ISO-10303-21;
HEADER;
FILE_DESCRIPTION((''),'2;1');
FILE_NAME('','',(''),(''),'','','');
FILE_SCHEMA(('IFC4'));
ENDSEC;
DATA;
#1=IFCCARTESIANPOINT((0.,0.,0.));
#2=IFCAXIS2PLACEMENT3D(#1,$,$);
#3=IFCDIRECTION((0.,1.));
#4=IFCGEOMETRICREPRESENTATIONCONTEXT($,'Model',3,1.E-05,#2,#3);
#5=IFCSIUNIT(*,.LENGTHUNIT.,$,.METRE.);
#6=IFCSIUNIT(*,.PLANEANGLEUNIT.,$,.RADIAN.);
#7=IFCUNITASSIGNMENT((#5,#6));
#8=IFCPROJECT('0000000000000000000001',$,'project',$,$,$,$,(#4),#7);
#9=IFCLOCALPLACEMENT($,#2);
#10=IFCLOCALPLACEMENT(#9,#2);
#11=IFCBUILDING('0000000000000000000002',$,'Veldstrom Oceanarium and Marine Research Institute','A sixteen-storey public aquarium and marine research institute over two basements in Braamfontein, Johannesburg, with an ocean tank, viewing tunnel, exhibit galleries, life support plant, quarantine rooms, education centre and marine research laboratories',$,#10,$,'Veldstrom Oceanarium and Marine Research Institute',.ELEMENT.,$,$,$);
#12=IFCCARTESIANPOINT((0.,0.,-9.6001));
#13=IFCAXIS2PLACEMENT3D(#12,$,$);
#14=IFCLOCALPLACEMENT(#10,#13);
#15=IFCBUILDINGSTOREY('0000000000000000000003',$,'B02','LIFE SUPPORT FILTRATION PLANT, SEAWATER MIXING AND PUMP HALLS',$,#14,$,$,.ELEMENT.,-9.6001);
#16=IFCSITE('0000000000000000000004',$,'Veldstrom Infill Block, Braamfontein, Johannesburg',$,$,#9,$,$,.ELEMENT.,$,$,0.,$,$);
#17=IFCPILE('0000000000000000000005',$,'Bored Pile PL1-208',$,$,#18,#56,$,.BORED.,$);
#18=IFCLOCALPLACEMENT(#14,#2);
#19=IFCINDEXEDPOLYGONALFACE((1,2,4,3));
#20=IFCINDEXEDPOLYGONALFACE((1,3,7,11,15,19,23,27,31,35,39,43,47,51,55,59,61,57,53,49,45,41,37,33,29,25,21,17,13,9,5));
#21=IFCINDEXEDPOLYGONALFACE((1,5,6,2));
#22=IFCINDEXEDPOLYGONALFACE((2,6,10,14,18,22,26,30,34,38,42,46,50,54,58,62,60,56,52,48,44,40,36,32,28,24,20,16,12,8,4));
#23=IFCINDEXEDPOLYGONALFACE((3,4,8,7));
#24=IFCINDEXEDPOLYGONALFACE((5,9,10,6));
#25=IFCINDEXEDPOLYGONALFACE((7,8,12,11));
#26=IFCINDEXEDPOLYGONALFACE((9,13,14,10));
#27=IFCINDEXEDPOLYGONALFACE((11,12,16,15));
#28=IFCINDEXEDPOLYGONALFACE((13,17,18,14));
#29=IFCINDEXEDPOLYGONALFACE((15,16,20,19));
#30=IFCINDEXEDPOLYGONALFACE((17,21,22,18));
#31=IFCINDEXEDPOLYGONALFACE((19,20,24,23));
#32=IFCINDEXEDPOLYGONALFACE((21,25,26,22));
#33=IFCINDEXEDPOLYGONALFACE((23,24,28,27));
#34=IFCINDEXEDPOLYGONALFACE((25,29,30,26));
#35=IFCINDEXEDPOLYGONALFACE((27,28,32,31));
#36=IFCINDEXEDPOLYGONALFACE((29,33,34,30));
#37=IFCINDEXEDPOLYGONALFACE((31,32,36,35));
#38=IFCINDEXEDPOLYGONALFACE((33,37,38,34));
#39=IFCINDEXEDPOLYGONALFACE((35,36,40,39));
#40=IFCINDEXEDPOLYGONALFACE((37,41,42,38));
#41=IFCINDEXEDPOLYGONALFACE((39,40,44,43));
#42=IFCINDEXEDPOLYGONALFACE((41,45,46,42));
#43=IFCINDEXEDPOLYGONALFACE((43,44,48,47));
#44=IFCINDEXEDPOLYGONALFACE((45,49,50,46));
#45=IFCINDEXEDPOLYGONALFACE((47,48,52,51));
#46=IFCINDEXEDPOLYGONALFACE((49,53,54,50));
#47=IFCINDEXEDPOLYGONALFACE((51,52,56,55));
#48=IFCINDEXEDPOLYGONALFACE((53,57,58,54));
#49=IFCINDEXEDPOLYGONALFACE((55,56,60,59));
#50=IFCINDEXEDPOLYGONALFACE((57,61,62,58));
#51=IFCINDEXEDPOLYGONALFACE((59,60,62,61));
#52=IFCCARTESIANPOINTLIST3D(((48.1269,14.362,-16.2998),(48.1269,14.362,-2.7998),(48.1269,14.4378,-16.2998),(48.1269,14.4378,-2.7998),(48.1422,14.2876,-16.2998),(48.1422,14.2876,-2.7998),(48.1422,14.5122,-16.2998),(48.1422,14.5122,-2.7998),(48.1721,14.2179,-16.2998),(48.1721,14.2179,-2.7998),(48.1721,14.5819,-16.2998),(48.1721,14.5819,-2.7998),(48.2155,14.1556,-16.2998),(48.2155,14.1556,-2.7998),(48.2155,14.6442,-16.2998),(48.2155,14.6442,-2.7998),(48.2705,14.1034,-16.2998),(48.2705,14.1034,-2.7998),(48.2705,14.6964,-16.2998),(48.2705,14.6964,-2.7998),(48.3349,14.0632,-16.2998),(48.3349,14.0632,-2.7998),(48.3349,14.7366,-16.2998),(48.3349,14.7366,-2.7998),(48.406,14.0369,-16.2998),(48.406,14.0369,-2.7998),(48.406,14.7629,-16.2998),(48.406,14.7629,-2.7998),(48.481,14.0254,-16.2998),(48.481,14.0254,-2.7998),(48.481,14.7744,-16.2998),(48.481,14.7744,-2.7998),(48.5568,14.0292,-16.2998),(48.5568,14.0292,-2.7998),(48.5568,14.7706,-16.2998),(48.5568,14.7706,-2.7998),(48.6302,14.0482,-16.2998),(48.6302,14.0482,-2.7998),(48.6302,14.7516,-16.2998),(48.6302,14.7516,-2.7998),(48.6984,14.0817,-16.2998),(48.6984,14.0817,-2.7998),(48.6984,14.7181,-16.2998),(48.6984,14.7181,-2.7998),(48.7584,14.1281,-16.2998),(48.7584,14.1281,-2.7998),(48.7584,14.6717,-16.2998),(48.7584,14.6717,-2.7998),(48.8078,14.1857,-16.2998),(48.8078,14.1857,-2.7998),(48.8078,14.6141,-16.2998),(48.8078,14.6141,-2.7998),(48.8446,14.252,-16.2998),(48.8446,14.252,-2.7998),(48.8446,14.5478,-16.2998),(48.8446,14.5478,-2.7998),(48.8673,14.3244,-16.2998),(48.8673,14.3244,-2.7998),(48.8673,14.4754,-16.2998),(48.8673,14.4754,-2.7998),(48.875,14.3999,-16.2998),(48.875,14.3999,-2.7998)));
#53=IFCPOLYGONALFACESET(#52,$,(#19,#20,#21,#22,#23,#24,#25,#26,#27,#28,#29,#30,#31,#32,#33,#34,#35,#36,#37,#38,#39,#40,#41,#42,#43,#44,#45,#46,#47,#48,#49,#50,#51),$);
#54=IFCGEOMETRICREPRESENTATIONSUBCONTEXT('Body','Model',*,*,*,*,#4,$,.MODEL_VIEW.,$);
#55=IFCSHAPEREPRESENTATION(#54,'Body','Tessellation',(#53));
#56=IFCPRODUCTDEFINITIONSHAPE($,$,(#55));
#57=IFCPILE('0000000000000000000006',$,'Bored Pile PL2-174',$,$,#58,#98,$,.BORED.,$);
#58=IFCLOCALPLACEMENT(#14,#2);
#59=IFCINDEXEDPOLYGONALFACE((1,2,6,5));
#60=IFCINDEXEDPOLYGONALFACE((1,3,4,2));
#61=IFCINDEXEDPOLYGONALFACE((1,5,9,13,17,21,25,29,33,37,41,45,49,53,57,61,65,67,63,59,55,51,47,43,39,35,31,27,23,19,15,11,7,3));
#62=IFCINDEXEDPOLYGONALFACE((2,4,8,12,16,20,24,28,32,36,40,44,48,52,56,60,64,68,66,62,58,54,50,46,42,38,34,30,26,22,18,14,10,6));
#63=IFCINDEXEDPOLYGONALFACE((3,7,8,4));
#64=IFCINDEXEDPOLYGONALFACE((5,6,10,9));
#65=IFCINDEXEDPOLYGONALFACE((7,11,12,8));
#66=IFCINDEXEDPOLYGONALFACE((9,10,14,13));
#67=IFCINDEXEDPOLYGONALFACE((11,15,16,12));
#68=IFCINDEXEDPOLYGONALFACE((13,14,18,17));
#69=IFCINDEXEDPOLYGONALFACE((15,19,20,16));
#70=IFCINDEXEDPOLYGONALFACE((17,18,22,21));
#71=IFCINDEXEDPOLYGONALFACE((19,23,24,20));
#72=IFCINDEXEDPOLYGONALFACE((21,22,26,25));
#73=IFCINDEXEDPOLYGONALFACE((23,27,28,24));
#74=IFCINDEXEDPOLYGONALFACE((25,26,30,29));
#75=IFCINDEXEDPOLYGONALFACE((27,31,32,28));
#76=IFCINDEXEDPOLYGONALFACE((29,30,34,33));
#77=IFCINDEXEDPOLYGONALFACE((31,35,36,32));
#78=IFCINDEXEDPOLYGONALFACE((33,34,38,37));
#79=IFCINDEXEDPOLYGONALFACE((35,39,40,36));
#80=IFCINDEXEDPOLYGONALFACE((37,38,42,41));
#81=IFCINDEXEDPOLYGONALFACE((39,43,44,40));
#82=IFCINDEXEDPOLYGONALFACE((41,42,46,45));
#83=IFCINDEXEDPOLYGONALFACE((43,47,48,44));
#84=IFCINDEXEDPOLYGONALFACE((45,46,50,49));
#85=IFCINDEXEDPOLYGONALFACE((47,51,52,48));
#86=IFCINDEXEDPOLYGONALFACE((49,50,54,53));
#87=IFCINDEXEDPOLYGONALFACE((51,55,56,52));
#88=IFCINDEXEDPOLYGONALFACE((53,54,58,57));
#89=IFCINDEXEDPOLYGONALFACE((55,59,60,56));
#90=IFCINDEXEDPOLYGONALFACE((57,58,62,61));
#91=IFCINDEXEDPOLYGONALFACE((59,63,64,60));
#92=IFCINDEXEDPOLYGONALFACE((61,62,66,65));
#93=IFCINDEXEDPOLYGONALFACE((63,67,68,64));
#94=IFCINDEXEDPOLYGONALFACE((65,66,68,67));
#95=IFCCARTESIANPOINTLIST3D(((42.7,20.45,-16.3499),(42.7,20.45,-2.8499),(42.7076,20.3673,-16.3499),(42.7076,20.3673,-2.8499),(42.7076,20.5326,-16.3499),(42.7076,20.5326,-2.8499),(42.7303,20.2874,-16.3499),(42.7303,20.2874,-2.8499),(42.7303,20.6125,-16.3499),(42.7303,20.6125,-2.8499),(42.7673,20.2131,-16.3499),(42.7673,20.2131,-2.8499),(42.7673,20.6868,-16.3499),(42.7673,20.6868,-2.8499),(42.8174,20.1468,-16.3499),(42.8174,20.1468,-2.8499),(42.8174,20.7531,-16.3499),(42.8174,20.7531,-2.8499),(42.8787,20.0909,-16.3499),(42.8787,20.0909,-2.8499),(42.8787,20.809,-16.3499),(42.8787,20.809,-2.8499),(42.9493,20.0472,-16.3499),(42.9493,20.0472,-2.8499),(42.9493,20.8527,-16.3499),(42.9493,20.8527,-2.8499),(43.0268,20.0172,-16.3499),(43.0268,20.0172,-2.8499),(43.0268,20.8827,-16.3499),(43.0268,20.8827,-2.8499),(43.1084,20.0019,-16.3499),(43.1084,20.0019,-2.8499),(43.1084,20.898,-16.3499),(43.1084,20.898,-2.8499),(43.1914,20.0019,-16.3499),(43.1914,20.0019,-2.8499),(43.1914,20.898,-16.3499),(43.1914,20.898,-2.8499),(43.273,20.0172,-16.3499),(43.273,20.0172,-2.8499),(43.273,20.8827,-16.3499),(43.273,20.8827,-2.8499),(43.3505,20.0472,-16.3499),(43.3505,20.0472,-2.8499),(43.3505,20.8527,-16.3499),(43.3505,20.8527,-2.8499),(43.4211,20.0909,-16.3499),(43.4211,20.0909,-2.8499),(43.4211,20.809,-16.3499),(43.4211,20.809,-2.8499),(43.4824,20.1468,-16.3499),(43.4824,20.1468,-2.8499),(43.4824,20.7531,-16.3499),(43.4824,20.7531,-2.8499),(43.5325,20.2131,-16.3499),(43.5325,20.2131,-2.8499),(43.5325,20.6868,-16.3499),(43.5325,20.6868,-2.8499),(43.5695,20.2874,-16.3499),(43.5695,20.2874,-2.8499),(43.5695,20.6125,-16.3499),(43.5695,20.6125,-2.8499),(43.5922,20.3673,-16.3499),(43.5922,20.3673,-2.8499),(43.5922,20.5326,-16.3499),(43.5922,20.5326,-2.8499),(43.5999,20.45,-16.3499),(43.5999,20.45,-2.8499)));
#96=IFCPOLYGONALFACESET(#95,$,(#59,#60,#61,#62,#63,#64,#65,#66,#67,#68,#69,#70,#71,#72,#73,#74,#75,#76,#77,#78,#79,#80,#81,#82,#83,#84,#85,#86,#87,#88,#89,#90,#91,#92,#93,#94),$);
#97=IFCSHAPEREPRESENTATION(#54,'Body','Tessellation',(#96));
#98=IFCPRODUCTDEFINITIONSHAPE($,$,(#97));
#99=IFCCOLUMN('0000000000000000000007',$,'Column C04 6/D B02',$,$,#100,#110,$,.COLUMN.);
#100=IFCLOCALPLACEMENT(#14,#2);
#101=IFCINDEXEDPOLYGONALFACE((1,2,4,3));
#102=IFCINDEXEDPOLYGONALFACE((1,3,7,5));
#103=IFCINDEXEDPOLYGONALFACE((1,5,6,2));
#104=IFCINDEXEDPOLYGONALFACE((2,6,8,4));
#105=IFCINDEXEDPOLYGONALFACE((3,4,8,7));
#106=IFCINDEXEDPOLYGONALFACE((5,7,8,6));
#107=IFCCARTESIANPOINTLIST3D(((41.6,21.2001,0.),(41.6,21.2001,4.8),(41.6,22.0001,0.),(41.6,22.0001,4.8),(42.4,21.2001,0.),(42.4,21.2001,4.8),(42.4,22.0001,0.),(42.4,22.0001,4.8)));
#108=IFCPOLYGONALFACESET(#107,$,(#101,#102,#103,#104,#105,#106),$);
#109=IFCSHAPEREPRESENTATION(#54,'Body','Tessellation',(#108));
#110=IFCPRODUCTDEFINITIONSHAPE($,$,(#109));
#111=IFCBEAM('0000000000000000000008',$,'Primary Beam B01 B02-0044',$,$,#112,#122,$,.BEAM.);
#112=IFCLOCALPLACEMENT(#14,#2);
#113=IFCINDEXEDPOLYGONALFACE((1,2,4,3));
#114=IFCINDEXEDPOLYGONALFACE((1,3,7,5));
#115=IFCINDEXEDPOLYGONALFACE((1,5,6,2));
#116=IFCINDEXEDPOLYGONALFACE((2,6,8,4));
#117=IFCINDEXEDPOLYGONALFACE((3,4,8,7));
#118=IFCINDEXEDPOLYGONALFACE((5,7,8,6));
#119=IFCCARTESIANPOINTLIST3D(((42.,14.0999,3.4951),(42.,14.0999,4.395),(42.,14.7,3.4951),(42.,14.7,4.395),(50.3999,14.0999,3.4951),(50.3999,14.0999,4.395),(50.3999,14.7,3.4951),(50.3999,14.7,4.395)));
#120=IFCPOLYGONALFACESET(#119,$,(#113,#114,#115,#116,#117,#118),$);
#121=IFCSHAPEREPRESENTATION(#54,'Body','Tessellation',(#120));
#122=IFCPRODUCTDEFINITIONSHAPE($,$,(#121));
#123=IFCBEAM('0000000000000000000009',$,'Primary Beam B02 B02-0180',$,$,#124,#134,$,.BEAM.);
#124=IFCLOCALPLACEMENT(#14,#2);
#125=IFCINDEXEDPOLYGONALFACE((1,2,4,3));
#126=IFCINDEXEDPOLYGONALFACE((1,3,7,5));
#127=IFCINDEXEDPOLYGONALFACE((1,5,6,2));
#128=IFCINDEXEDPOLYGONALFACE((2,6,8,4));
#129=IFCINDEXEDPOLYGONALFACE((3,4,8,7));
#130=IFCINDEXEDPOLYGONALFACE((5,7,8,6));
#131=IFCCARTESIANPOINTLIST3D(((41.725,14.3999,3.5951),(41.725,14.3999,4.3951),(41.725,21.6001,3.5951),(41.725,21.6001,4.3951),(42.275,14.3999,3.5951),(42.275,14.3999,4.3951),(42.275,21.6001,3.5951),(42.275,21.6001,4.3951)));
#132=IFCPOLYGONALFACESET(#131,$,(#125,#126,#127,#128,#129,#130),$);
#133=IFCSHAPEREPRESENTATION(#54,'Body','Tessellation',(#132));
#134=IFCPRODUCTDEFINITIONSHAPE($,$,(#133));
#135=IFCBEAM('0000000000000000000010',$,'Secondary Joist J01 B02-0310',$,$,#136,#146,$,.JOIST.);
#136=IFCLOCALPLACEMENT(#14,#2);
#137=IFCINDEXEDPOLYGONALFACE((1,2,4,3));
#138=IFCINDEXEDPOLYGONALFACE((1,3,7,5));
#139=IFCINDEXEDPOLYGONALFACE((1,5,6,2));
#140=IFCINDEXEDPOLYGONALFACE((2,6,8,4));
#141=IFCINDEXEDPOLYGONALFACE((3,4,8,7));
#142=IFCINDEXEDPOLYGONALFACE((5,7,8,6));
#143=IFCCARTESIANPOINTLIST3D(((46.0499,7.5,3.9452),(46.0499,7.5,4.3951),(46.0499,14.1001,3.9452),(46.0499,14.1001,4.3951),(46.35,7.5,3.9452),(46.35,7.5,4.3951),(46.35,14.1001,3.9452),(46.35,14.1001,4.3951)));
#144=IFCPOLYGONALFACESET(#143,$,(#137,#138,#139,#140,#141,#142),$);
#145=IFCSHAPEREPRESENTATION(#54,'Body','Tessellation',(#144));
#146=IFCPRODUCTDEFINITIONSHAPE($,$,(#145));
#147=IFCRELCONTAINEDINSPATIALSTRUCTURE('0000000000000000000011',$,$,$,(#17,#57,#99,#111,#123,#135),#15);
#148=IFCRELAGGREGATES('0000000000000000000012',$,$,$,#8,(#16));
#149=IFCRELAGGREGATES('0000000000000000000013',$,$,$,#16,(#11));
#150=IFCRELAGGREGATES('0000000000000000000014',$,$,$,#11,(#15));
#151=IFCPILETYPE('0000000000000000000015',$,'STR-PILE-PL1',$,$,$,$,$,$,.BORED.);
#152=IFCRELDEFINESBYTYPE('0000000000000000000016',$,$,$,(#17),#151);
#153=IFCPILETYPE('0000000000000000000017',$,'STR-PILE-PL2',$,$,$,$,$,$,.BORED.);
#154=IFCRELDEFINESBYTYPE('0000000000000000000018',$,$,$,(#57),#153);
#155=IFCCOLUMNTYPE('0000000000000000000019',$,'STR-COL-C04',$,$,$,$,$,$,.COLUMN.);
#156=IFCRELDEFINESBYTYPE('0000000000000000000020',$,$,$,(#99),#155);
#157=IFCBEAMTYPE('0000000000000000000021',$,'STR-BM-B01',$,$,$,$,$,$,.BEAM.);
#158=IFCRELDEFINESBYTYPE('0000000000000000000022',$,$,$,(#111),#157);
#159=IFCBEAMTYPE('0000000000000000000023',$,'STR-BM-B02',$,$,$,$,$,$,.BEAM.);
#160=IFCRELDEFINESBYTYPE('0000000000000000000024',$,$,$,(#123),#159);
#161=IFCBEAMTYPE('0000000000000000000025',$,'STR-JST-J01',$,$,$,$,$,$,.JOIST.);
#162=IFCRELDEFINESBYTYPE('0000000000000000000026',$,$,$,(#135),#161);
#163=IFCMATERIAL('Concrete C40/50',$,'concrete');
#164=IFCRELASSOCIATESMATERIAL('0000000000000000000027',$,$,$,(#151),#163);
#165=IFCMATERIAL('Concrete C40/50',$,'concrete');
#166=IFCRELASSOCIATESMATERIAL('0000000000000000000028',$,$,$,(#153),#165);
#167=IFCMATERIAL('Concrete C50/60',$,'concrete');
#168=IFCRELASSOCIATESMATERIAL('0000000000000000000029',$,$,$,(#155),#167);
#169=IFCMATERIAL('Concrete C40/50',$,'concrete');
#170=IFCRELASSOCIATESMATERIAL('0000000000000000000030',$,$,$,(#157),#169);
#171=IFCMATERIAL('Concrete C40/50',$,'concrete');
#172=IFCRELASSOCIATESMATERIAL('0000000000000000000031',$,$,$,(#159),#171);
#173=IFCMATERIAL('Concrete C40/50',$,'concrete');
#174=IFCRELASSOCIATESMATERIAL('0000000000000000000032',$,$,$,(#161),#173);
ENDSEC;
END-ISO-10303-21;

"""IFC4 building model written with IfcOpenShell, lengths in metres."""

from ifc_helpers import new_model, si_unit, direction, frame, origin, origin_2d, place, context, subcontext, project, spatial, rectangle, circle, extrude, material, material_profile, profile_set, type_object, element, save


model = new_model("IFC4")

# Units and contexts
model_context = context("Model", 3, precision=1e-05, world=origin(), true_north=direction((0.0, 1.0)))
body_context = subcontext(model_context, "Body", "Model", "MODEL_VIEW")
ifc_project = project(units=[si_unit("LENGTHUNIT", "METRE"), si_unit("PLANEANGLEUNIT", "RADIAN")], contexts=[model_context])

# Site, building, storey
site_placement = place(None, origin())
site = spatial("IfcSite", under=ifc_project, at=site_placement, Name="Veldstrom Infill Block, Braamfontein, Johannesburg", CompositionType="ELEMENT", RefElevation=0.0)
building_placement = place(site_placement, origin())
building = spatial("IfcBuilding", under=site, at=building_placement, Name="Veldstrom Oceanarium and Marine Research Institute", Description="A sixteen-storey public aquarium and marine research institute over two basements in Braamfontein, Johannesburg, with an ocean tank, viewing tunnel, exhibit galleries, life support plant, quarantine rooms, education centre and marine research laboratories", LongName="Veldstrom Oceanarium and Marine Research Institute", CompositionType="ELEMENT")
storey_placement = place(building_placement, frame((0.0, 0.0, -9.6001)))
storey = spatial("IfcBuildingStorey", under=building, at=storey_placement, Name="B02", Description="LIFE SUPPORT FILTRATION PLANT, SEAWATER MIXING AND PUMP HALLS", CompositionType="ELEMENT", Elevation=-9.6001)

# Piles
ifc_material_1 = material(Name="Concrete C40/50", Category="concrete")
ifc_material_profile_1 = material_profile(ifc_material_1, circle(Radius=0.375, at=origin_2d()), Name="PILE-D750")
ifc_profile_set_1 = profile_set([ifc_material_profile_1], Name="Concrete C40/50")
pile_type_1 = type_object("IfcPileType", Name="STR-PILE-PL1", PredefinedType="BORED", material=ifc_profile_set_1)
for number, where, z_axis, x_axis, name in (
    (1, (48.5, 14.3999, -2.7998), (0.0, 0.0, -1.0), (1.0, 0.0, 0.0), "Bored Pile PL1-208"),
):
    element("IfcPile", number, at=place(storey_placement, frame(where, z_axis=z_axis, x_axis=x_axis)), inside=storey, type_object=pile_type_1, Name=name, PredefinedType="BORED", context=body_context, shape_type="SweptSolid", body=[
        extrude(circle(Radius=0.375, at=origin_2d()), origin(), (0.0, 0.0, 1.0), 13.5),
    ])
ifc_material_2 = material(Name="Concrete C40/50", Category="concrete")
ifc_material_profile_2 = material_profile(ifc_material_2, circle(Radius=0.45, at=origin_2d()), Name="PILE-D900")
ifc_profile_set_2 = profile_set([ifc_material_profile_2], Name="Concrete C40/50")
pile_type_2 = type_object("IfcPileType", Name="STR-PILE-PL2", PredefinedType="BORED", material=ifc_profile_set_2)
pile_placement = place(storey_placement, frame((43.1499, 20.45, -2.8499), z_axis=(0.0, 0.0, -1.0), x_axis=(1.0, 0.0, 0.0)))
element("IfcPile", 2, at=pile_placement, inside=storey, type_object=pile_type_2, Name="Bored Pile PL2-174", PredefinedType="BORED", context=body_context, shape_type="SweptSolid", body=[
    extrude(circle(Radius=0.45, at=origin_2d()), origin(), (0.0, 0.0, 1.0), 13.5),
])

# Column
ifc_material_3 = material(Name="Concrete C50/60", Category="concrete")
ifc_material_profile_3 = material_profile(ifc_material_3, rectangle(XDim=0.8, YDim=0.8, at=origin_2d()), Name="RC-COL-800x800")
ifc_profile_set_3 = profile_set([ifc_material_profile_3], Name="Concrete C50/60")
column_type = type_object("IfcColumnType", Name="STR-COL-C04", PredefinedType="COLUMN", material=ifc_profile_set_3)
column_placement = place(storey_placement, frame((42.0, 21.6001, 0.0), z_axis=(0.0, 0.0, 1.0), x_axis=(1.0, 0.0, 0.0)))
element("IfcColumn", 3, at=column_placement, inside=storey, type_object=column_type, Name="Column C04 6/D B02", PredefinedType="COLUMN", context=body_context, shape_type="SweptSolid", body=[
    extrude(rectangle(XDim=0.8, YDim=0.8, at=origin_2d()), origin(), (0.0, 0.0, 1.0), 4.8),
])

# Beams
ifc_material_4 = material(Name="Concrete C40/50", Category="concrete")
ifc_material_profile_4 = material_profile(ifc_material_4, rectangle(XDim=0.6001, YDim=0.8999, at=origin_2d()), Name="RC-BM-600x900")
ifc_profile_set_4 = profile_set([ifc_material_profile_4], Name="Concrete C40/50")
beam_type_1 = type_object("IfcBeamType", Name="STR-BM-B01", PredefinedType="BEAM", material=ifc_profile_set_4)
beam_1_placement = place(storey_placement, frame((42.0, 14.3999, 3.9451), z_axis=(1.0, 0.0, 0.0), x_axis=(0.0, 1.0, 0.0)))
element("IfcBeam", 4, at=beam_1_placement, inside=storey, type_object=beam_type_1, Name="Primary Beam B01 B02-0044", PredefinedType="BEAM", context=body_context, shape_type="SweptSolid", body=[
    extrude(rectangle(XDim=0.6001, YDim=0.8999, at=origin_2d()), origin(), (0.0, 0.0, 1.0), 8.3999),
])
ifc_material_5 = material(Name="Concrete C40/50", Category="concrete")
ifc_material_profile_5 = material_profile(ifc_material_5, rectangle(XDim=0.55, YDim=0.8, at=origin_2d()), Name="RC-BM-550x800")
ifc_profile_set_5 = profile_set([ifc_material_profile_5], Name="Concrete C40/50")
beam_type_2 = type_object("IfcBeamType", Name="STR-BM-B02", PredefinedType="BEAM", material=ifc_profile_set_5)
beam_2_placement = place(storey_placement, frame((42.0, 14.3999, 3.9951), z_axis=(0.0, 1.0, 0.0), x_axis=(-1.0, 0.0, 0.0)))
element("IfcBeam", 5, at=beam_2_placement, inside=storey, type_object=beam_type_2, Name="Primary Beam B02 B02-0180", PredefinedType="BEAM", context=body_context, shape_type="SweptSolid", body=[
    extrude(rectangle(XDim=0.55, YDim=0.8, at=origin_2d()), origin(), (0.0, 0.0, 1.0), 7.2002),
])
ifc_material_6 = material(Name="Concrete C40/50", Category="concrete")
ifc_material_profile_6 = material_profile(ifc_material_6, rectangle(XDim=0.3, YDim=0.45, at=origin_2d()), Name="RC-JST-300x450")
ifc_profile_set_6 = profile_set([ifc_material_profile_6], Name="Concrete C40/50")
beam_type_3 = type_object("IfcBeamType", Name="STR-JST-J01", PredefinedType="JOIST", material=ifc_profile_set_6)
beam_3_placement = place(storey_placement, frame((46.2, 7.5, 4.1702), z_axis=(0.0, 1.0, 0.0), x_axis=(-1.0, 0.0, 0.0)))
element("IfcBeam", 6, at=beam_3_placement, inside=storey, type_object=beam_type_3, Name="Secondary Joist J01 B02-0310", PredefinedType="JOIST", context=body_context, shape_type="SweptSolid", body=[
    extrude(rectangle(XDim=0.3, YDim=0.45, at=origin_2d()), origin(), (0.0, 0.0, 1.0), 6.6001),
])

save(model, "model.ifc")
